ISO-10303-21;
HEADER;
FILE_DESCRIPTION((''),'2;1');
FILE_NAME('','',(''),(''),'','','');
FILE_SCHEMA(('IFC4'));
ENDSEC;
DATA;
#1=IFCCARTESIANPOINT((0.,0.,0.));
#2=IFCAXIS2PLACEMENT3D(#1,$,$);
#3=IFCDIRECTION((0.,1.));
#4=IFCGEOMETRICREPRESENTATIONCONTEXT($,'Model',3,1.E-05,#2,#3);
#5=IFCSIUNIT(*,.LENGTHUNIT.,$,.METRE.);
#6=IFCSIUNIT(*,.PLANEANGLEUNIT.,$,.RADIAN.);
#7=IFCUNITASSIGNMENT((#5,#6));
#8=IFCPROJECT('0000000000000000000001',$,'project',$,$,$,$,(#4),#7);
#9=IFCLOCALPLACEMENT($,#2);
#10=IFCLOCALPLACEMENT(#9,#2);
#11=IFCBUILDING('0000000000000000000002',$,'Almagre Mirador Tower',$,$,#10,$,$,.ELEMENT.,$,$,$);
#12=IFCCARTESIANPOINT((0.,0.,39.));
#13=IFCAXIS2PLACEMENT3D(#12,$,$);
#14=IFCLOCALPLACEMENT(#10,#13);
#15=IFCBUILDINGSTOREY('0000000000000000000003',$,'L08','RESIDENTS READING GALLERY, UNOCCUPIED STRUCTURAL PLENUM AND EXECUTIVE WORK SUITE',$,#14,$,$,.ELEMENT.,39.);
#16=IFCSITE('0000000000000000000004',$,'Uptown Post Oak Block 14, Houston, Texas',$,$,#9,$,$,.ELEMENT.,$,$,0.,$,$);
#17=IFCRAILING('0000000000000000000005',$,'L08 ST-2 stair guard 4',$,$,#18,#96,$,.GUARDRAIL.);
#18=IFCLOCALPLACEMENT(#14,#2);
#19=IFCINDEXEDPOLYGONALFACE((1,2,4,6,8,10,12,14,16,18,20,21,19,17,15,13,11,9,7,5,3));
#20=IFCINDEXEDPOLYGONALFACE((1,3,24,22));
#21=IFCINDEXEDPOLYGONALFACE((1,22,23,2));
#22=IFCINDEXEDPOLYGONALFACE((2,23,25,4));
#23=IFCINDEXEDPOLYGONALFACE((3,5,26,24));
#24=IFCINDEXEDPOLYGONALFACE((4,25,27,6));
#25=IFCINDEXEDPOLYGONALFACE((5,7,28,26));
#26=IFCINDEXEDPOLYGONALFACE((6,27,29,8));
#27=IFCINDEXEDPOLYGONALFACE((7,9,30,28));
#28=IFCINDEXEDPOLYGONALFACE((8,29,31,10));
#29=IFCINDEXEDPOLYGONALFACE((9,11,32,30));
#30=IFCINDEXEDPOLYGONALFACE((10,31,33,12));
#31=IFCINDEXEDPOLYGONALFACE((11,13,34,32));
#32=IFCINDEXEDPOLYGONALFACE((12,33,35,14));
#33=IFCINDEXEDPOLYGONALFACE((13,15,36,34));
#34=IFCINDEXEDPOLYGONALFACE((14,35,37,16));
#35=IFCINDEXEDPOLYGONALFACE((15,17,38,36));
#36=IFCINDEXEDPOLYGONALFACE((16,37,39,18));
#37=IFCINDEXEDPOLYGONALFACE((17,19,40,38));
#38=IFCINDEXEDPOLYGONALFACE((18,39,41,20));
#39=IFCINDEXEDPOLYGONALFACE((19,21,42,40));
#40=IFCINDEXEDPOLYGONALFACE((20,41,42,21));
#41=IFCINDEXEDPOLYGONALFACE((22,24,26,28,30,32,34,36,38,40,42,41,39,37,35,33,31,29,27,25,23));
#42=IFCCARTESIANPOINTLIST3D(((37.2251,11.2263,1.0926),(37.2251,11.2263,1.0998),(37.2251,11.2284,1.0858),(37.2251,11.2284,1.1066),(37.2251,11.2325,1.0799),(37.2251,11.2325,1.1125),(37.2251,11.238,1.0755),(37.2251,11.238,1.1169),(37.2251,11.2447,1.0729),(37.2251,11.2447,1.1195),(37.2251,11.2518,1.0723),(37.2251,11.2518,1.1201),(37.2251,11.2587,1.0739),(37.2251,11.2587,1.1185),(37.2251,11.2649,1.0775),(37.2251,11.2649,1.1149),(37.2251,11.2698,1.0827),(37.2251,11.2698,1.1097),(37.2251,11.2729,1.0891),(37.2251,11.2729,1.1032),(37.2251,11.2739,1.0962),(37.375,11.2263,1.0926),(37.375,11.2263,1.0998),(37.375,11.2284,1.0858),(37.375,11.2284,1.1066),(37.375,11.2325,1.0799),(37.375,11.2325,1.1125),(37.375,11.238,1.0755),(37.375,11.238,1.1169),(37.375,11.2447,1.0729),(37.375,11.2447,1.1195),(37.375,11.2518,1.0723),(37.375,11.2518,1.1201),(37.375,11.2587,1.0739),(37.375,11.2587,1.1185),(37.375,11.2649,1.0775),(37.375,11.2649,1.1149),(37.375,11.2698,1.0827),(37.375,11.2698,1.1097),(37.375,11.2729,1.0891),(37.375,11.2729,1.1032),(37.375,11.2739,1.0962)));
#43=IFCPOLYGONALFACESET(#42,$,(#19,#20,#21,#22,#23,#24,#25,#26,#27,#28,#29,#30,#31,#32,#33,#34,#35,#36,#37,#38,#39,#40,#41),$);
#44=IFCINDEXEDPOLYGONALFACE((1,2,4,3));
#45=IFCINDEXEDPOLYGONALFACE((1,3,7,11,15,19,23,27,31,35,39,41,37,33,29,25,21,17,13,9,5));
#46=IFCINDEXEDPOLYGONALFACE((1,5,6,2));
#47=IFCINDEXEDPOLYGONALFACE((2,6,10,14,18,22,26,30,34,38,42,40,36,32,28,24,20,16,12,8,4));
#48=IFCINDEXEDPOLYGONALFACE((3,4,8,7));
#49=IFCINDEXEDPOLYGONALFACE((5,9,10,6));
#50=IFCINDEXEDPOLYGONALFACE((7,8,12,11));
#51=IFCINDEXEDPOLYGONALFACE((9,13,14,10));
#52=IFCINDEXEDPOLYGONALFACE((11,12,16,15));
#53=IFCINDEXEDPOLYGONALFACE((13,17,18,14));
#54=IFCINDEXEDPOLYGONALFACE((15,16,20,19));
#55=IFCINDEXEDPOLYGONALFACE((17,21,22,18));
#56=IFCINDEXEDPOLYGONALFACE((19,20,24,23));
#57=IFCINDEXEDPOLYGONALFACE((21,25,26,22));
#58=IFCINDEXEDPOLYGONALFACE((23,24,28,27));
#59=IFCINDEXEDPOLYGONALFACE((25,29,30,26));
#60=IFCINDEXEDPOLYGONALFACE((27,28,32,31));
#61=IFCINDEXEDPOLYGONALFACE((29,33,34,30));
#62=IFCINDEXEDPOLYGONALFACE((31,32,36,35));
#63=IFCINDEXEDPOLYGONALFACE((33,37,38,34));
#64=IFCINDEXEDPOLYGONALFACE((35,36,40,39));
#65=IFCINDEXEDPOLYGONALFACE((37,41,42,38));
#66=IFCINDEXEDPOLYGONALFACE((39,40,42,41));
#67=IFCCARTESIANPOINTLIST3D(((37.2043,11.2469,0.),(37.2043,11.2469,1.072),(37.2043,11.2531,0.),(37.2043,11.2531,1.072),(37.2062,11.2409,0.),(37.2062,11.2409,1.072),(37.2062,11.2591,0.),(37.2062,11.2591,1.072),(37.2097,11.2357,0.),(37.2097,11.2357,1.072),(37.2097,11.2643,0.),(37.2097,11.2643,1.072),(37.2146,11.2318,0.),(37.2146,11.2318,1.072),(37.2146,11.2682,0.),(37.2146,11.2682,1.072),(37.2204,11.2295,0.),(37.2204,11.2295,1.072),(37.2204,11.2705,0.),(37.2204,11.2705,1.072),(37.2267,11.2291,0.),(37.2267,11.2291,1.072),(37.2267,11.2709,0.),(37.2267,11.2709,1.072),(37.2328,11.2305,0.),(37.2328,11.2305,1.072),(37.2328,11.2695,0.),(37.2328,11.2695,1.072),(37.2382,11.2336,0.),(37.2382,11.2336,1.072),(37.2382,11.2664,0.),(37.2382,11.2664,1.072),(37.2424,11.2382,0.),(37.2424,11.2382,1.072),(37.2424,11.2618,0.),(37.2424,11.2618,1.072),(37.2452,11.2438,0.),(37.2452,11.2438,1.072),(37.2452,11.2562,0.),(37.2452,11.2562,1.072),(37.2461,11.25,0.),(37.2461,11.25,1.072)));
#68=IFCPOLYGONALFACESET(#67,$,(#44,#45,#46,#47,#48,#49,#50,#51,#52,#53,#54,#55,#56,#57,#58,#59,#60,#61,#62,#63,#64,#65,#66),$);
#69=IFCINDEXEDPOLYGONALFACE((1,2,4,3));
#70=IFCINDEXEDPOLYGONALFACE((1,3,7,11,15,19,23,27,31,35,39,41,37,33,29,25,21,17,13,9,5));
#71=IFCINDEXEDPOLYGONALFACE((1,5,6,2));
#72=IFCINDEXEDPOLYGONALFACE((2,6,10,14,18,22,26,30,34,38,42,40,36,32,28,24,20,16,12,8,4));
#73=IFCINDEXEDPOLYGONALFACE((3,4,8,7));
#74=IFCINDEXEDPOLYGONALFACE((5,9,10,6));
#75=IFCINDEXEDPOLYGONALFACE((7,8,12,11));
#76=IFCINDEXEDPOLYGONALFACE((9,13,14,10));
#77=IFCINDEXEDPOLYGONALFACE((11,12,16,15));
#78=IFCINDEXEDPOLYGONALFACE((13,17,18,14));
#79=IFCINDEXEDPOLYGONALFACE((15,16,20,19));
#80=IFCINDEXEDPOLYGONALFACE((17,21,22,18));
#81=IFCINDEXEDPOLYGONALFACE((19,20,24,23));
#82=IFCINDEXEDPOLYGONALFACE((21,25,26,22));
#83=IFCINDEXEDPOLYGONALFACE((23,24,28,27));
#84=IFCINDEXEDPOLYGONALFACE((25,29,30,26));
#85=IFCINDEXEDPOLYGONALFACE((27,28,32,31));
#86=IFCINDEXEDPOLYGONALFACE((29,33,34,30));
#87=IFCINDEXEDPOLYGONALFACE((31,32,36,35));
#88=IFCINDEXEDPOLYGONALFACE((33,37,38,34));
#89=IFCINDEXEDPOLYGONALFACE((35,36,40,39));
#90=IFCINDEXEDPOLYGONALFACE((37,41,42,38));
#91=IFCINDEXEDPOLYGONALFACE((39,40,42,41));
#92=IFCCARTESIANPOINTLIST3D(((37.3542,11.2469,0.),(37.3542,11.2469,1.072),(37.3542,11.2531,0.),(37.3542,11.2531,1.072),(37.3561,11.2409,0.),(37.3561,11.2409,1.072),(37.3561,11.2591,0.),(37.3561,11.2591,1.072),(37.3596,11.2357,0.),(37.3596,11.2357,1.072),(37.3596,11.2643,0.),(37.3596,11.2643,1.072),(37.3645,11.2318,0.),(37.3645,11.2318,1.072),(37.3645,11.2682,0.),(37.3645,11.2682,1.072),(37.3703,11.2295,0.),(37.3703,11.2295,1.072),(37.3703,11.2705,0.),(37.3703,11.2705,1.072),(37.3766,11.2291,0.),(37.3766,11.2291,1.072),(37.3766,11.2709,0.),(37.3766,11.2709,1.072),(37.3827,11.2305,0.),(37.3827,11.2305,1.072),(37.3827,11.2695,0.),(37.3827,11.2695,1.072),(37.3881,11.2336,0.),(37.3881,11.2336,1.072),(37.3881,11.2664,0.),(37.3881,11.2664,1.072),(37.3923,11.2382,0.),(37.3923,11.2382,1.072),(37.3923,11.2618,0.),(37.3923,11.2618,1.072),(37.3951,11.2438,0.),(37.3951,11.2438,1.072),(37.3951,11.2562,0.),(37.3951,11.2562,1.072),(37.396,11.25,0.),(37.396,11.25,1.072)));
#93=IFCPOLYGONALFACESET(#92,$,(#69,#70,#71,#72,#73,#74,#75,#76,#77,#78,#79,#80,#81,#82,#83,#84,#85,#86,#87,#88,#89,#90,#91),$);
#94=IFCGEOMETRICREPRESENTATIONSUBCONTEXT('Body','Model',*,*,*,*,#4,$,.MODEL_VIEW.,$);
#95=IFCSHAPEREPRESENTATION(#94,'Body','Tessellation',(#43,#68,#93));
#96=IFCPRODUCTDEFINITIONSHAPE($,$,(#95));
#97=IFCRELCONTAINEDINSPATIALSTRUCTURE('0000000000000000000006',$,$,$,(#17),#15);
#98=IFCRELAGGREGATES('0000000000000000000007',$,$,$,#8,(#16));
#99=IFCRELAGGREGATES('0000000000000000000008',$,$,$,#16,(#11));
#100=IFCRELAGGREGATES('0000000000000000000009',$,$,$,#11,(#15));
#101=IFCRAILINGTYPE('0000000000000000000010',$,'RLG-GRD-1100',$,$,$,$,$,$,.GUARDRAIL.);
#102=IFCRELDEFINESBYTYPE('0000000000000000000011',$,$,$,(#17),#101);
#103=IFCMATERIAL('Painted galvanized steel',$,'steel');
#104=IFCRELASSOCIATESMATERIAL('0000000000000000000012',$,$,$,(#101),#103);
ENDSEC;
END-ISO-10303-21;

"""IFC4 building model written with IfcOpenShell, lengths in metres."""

from ifc_helpers import new_model, si_unit, direction, frame, origin, origin_2d, place, context, subcontext, project, spatial, circle, extrude, material, type_object, element, save


model = new_model("IFC4")

# Units and contexts
model_context = context("Model", 3, precision=1e-05, world=origin(), true_north=direction((0.0, 1.0)))
body_context = subcontext(model_context, "Body", "Model", "MODEL_VIEW")
ifc_project = project(units=[si_unit("LENGTHUNIT", "METRE"), si_unit("PLANEANGLEUNIT", "RADIAN")], contexts=[model_context])

# Site, building, storey
site_placement = place(None, origin())
site = spatial("IfcSite", under=ifc_project, at=site_placement, Name="Uptown Post Oak Block 14, Houston, Texas", CompositionType="ELEMENT", RefElevation=0.0)
building_placement = place(site_placement, origin())
building = spatial("IfcBuilding", under=site, at=building_placement, Name="Almagre Mirador Tower", CompositionType="ELEMENT")
storey_placement = place(building_placement, frame((0.0, 0.0, 39.0)))
storey = spatial("IfcBuildingStorey", under=building, at=storey_placement, Name="L08", Description="RESIDENTS READING GALLERY, UNOCCUPIED STRUCTURAL PLENUM AND EXECUTIVE WORK SUITE", CompositionType="ELEMENT", Elevation=39.0)

# Railing
ifc_material_1 = material(Name="Painted galvanized steel", Category="steel")
railing_type_1 = type_object("IfcRailingType", Name="RLG-GRD-1100", PredefinedType="GUARDRAIL", material=ifc_material_1)
railing_1_placement = place(storey_placement, frame((37.2251, 11.25, 0.0)))
element("IfcRailing", 1, at=railing_1_placement, inside=storey, type_object=railing_type_1, Name="L08 ST-2 stair guard 4", PredefinedType="GUARDRAIL", context=body_context, shape_type="SweptSolid", body=[
    extrude(circle(Radius=0.0239, at=origin_2d()), frame((0.0, 0.0, 1.0962), z_axis=(1.0, 0.0, 0.0), x_axis=(0.0, 1.0, 0.0)), (0.0, 0.0, 1.0), 0.1499),
    extrude(circle(Radius=0.021, at=origin_2d()), origin(), (0.0, 0.0, 1.0), 1.072),
    extrude(circle(Radius=0.021, at=origin_2d()), frame((0.1499, 0.0, 0.0)), (0.0, 0.0, 1.0), 1.072),
])

save(model, "model.ifc")
